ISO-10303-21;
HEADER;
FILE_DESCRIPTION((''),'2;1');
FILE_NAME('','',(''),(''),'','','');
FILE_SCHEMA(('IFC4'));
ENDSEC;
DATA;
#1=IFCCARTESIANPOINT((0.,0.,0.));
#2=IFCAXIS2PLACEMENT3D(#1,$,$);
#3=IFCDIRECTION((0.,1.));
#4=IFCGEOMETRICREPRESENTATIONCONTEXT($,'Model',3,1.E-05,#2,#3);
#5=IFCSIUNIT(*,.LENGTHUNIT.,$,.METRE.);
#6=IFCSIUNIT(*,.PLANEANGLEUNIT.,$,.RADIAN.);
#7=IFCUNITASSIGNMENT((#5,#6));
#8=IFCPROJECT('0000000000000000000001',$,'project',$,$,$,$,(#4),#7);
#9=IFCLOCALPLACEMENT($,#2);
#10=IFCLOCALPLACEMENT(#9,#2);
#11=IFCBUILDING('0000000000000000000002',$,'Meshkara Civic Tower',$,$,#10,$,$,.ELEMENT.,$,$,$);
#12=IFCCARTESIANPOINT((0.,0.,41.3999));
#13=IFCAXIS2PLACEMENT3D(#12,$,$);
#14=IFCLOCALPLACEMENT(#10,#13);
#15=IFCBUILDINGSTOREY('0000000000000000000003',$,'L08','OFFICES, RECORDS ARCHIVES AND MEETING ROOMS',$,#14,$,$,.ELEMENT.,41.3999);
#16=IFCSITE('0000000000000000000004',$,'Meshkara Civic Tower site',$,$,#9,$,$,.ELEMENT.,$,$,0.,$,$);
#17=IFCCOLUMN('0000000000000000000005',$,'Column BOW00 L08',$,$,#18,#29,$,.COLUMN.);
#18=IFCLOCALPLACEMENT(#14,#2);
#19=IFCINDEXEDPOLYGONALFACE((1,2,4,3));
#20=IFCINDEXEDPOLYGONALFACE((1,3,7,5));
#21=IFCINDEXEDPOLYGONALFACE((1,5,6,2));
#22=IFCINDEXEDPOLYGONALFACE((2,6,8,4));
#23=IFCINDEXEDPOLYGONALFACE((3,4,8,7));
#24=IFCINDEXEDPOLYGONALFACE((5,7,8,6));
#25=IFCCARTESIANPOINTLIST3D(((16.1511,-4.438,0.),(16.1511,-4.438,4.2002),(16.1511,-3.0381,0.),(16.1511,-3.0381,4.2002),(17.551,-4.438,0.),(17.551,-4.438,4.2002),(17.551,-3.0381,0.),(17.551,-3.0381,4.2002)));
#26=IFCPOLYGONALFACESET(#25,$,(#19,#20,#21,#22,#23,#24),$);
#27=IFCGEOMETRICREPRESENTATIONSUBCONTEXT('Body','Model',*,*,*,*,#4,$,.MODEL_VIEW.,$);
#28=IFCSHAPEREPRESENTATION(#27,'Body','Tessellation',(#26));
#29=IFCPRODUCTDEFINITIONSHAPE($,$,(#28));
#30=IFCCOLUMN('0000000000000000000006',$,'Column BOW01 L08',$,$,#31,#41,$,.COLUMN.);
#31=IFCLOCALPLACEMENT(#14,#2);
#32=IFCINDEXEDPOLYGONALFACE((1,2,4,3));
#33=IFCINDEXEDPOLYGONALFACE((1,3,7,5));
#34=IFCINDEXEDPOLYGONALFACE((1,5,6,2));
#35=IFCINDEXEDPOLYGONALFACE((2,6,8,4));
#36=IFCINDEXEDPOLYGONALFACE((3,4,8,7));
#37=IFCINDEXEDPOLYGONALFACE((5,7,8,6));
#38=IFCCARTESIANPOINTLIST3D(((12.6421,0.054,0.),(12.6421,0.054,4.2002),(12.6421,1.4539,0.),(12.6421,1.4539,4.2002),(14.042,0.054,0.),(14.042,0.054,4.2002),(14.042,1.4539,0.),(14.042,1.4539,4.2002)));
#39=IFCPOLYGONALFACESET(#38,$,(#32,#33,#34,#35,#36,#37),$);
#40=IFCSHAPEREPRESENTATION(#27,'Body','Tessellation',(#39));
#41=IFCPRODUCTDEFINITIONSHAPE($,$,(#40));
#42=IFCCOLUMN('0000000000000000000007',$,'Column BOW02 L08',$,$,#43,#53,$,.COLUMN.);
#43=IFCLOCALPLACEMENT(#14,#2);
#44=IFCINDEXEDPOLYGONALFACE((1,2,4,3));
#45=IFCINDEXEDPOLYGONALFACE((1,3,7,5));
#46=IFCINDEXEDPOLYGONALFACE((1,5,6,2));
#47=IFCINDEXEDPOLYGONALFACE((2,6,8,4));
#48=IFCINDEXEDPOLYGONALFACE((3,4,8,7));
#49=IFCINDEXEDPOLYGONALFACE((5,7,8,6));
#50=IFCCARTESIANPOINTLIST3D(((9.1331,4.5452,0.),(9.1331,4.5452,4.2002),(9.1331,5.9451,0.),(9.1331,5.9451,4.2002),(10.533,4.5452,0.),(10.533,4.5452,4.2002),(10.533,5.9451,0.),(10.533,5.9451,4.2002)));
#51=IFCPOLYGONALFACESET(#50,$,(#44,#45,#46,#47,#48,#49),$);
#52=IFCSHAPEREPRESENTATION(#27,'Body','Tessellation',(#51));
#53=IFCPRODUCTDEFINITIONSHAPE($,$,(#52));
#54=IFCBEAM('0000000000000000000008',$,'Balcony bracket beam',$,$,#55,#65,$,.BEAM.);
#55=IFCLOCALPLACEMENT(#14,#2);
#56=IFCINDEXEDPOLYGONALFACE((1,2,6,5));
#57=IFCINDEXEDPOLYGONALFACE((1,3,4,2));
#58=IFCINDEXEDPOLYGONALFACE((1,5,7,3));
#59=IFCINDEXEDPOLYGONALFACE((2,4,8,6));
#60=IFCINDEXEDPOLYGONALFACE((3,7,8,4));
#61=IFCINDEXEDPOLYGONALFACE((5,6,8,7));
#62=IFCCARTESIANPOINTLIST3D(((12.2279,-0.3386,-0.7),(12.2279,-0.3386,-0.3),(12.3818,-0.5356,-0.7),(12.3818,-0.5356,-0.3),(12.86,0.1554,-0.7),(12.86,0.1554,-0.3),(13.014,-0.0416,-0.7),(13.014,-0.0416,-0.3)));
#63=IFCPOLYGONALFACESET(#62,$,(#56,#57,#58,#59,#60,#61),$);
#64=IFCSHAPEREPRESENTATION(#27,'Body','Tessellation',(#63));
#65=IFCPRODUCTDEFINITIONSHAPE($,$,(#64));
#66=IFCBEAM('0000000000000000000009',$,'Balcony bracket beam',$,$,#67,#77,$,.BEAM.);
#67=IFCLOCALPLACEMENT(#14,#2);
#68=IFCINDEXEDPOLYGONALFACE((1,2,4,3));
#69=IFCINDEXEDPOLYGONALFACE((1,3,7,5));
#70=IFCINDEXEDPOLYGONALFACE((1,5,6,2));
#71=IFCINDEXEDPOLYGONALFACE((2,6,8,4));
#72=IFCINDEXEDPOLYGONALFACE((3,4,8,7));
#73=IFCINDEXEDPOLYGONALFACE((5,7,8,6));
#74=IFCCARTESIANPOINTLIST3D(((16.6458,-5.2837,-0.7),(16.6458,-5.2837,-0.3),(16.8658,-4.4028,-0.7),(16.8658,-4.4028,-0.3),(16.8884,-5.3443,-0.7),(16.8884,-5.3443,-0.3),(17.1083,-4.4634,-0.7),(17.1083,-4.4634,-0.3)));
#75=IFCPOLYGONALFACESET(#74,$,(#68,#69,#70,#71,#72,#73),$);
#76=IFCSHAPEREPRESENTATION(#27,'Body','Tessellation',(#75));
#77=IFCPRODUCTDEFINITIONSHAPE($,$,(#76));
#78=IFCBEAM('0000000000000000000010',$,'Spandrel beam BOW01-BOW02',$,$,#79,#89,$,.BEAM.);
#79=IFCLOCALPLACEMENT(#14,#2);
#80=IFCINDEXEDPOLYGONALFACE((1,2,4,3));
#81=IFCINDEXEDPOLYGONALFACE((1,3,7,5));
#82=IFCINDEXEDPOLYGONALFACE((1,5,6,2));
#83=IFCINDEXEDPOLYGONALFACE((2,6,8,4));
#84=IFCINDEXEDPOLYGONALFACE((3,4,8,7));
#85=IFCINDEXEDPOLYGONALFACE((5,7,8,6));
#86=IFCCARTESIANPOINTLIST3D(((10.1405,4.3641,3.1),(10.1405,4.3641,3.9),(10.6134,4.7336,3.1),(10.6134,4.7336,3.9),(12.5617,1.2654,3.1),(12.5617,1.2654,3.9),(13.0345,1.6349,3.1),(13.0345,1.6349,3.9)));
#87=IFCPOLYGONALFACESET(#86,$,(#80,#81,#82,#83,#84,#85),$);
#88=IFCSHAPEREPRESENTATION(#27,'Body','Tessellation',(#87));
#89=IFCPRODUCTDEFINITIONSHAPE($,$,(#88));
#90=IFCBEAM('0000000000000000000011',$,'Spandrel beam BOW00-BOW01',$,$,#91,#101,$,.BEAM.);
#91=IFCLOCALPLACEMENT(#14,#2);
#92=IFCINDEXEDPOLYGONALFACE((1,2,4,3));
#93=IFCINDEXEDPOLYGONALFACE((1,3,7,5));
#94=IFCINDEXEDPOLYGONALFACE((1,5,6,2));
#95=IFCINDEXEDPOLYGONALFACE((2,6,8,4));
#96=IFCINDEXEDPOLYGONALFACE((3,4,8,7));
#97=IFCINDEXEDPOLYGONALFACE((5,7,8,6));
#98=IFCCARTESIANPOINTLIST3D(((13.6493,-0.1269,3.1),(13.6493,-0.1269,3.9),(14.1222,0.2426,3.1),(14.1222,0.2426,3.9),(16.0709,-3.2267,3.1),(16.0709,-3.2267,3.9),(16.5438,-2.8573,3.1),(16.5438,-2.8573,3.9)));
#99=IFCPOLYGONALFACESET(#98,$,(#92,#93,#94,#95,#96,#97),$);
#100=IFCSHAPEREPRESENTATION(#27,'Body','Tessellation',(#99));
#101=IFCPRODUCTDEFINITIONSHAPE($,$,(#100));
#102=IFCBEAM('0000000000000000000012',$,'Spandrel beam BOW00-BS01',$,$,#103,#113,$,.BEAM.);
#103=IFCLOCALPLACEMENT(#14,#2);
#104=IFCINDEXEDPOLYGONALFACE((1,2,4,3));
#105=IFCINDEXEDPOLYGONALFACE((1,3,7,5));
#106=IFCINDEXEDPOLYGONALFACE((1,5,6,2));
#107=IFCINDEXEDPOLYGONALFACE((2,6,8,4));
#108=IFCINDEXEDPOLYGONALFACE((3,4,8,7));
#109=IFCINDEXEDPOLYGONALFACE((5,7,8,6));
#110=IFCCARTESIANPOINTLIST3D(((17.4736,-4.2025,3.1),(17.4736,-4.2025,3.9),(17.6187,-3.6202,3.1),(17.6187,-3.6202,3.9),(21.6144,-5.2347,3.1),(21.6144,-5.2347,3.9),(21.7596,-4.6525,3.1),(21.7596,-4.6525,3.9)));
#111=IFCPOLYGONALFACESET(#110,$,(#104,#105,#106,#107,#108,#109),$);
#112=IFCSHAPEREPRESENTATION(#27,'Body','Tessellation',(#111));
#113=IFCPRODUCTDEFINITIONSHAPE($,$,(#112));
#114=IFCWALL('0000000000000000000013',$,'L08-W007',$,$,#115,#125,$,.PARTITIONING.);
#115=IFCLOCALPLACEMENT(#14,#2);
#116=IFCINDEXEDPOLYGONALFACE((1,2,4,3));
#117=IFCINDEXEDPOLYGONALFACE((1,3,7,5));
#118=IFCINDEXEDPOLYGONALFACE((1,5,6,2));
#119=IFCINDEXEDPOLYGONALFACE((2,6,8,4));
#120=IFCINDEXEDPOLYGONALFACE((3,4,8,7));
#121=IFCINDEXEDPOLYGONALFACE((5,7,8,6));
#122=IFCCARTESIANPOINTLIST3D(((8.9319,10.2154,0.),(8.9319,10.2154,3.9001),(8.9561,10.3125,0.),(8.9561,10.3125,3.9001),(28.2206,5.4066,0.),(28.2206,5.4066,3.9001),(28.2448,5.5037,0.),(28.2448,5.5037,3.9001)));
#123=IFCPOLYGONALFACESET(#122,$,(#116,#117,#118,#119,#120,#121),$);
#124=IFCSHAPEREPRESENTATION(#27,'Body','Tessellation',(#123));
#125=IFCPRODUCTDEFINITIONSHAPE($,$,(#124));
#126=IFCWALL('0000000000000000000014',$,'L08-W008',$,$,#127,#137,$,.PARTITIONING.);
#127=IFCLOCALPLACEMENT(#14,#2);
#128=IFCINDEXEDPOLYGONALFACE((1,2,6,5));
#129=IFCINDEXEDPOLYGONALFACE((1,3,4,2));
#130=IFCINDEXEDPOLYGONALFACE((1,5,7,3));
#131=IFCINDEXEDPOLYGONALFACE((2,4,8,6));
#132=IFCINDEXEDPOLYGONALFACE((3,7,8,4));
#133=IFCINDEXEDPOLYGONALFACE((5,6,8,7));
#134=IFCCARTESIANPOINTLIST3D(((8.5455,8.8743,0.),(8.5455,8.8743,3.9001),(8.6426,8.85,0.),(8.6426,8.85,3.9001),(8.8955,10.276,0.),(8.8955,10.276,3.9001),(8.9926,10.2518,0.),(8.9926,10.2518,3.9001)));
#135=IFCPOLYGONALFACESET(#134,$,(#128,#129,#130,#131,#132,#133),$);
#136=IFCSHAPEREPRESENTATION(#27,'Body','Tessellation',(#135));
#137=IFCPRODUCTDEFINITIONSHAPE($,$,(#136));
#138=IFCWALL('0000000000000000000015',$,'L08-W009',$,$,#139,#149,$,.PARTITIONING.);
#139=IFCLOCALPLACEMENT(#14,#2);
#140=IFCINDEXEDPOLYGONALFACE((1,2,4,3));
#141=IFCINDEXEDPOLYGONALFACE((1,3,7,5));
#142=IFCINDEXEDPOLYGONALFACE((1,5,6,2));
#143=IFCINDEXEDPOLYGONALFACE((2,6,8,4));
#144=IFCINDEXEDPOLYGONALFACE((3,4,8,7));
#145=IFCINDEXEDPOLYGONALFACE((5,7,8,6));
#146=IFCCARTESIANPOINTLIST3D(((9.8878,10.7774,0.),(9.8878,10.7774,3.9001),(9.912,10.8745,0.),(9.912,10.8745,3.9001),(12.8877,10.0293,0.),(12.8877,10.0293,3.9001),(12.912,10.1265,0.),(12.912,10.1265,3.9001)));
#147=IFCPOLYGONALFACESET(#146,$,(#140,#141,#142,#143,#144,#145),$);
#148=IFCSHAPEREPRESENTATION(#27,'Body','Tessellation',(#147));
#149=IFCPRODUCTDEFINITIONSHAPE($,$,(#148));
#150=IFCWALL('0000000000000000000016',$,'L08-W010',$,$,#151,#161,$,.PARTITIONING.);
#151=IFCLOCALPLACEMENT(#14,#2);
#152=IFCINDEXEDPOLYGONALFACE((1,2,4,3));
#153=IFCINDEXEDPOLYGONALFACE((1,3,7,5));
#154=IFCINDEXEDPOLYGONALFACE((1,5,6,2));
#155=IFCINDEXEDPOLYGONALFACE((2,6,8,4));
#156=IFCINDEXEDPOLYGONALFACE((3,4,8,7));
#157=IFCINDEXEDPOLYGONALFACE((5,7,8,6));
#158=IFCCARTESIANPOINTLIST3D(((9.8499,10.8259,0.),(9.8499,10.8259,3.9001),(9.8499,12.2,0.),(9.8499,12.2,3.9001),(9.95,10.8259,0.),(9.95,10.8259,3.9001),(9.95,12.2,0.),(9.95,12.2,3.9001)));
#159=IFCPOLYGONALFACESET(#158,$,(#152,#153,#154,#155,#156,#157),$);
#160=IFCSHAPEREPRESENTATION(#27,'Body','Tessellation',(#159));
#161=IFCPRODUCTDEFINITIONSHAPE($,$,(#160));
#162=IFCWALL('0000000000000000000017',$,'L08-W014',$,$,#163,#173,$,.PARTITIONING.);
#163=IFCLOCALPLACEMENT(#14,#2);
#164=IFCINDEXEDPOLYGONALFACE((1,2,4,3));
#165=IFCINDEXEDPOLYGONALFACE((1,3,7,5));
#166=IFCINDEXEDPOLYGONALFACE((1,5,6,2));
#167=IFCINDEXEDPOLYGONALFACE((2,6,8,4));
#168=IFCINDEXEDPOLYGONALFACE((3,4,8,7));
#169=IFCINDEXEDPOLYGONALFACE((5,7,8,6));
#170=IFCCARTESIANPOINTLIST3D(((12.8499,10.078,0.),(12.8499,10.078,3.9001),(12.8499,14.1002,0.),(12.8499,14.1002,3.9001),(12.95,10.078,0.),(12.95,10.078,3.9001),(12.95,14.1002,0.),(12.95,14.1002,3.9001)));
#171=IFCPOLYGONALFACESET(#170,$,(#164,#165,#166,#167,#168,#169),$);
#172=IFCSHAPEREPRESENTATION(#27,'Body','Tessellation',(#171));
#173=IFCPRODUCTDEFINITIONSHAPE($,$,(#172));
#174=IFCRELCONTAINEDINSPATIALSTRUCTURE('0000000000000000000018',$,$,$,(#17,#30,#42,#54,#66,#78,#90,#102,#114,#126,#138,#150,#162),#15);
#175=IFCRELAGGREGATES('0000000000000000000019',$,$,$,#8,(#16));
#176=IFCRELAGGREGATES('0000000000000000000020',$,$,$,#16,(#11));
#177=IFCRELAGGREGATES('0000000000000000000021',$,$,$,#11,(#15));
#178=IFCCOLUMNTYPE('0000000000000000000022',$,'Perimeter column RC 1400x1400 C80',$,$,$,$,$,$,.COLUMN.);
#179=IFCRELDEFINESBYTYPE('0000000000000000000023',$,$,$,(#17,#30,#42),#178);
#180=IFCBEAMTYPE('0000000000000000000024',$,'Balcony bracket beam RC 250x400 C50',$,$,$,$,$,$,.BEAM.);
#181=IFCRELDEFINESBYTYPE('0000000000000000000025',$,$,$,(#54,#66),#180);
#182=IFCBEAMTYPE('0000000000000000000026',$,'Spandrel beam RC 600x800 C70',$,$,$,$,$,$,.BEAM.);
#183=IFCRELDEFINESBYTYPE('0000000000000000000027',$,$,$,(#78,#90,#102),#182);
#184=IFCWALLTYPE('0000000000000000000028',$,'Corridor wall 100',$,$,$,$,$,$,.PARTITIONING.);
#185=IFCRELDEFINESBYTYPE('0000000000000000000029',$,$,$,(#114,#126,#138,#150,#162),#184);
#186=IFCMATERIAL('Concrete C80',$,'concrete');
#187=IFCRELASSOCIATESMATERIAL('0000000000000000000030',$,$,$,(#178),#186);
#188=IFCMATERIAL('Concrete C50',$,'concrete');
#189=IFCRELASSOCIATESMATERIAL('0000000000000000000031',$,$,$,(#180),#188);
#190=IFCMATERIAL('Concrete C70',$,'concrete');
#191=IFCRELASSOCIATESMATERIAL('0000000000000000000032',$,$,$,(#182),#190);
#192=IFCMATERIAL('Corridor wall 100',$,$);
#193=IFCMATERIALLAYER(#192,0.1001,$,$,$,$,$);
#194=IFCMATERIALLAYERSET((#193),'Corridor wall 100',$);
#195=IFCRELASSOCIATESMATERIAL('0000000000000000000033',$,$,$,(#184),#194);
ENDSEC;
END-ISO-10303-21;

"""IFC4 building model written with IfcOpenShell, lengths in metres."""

from ifc_helpers import new_model, si_unit, direction, frame, frame_2d, origin, origin_2d, place, context, subcontext, project, spatial, rectangle, extrude, material, layer, layer_set, material_profile, profile_set, type_object, element, save


model = new_model("IFC4")

# Units and contexts
model_context = context("Model", 3, precision=1e-05, world=origin(), true_north=direction((0.0, 1.0)))
body_context = subcontext(model_context, "Body", "Model", "MODEL_VIEW")
ifc_project = project(units=[si_unit("LENGTHUNIT", "METRE"), si_unit("PLANEANGLEUNIT", "RADIAN")], contexts=[model_context])

# Site, building, storey
site_placement = place(None, origin())
site = spatial("IfcSite", under=ifc_project, at=site_placement, Name="Meshkara Civic Tower site", CompositionType="ELEMENT", RefElevation=0.0)
building_placement = place(site_placement, origin())
building = spatial("IfcBuilding", under=site, at=building_placement, Name="Meshkara Civic Tower", CompositionType="ELEMENT")
storey_placement = place(building_placement, frame((0.0, 0.0, 41.3999)))
storey = spatial("IfcBuildingStorey", under=building, at=storey_placement, Name="L08", Description="OFFICES, RECORDS ARCHIVES AND MEETING ROOMS", CompositionType="ELEMENT", Elevation=41.3999)

# Columns
ifc_material_1 = material(Name="Concrete C80", Category="concrete")
ifc_material_profile_1 = material_profile(ifc_material_1, rectangle(XDim=1.3999, YDim=1.3999, at=origin_2d()))
ifc_profile_set_1 = profile_set([ifc_material_profile_1], Name="Concrete C80")
column_type = type_object("IfcColumnType", Name="Perimeter column RC 1400x1400 C80", PredefinedType="COLUMN", material=ifc_profile_set_1)
for number, where, z_axis, x_axis, name in (
    (1, (16.8511, -3.738, 0.0), (0.0, 0.0, 1.0), (1.0, 0.0, 0.0), "Column BOW00 L08"),
    (2, (13.342, 0.7539, 0.0), (0.0, 0.0, 1.0), (1.0, 0.0, 0.0), "Column BOW01 L08"),
    (3, (9.833, 5.2451, 0.0), (0.0, 0.0, 1.0), (1.0, 0.0, 0.0), "Column BOW02 L08"),
):
    element("IfcColumn", number, at=place(storey_placement, frame(where, z_axis=z_axis, x_axis=x_axis)), inside=storey, type_object=column_type, Name=name, PredefinedType="COLUMN", context=body_context, shape_type="SweptSolid", body=[
        extrude(rectangle(XDim=1.3999, YDim=1.3999, at=origin_2d()), origin(), (0.0, 0.0, 1.0), 4.2002),
    ])

# Beams
ifc_material_2 = material(Name="Concrete C50", Category="concrete")
ifc_material_profile_2 = material_profile(ifc_material_2, rectangle(XDim=0.25, YDim=0.3999, at=origin_2d()))
ifc_profile_set_2 = profile_set([ifc_material_profile_2], Name="Concrete C50")
beam_type_1 = type_object("IfcBeamType", Name="Balcony bracket beam RC 250x400 C50", PredefinedType="BEAM", material=ifc_profile_set_2)
beam_1_placement = place(storey_placement, frame((12.937, 0.0569, -0.5), z_axis=(-0.787974, -0.615709, 0.0), x_axis=(0.615709, -0.787974, 0.0)))
element("IfcBeam", 4, at=beam_1_placement, inside=storey, type_object=beam_type_1, Name="Balcony bracket beam", PredefinedType="BEAM", context=body_context, shape_type="SweptSolid", body=[
    extrude(rectangle(XDim=0.25, YDim=0.3999, at=origin_2d()), origin(), (0.0, 0.0, 1.0), 0.8022),
])
beam_2_placement = place(storey_placement, frame((16.9871, -4.4331, -0.5), z_axis=(-0.242283, -0.970206, 0.0), x_axis=(0.970206, -0.242283, 0.0)))
element("IfcBeam", 5, at=beam_2_placement, inside=storey, type_object=beam_type_1, Name="Balcony bracket beam", PredefinedType="BEAM", context=body_context, shape_type="SweptSolid", body=[
    extrude(rectangle(XDim=0.25, YDim=0.3999, at=origin_2d()), origin(), (0.0, 0.0, 1.0), 0.908),
])
ifc_material_3 = material(Name="Concrete C70", Category="concrete")
ifc_material_profile_3 = material_profile(ifc_material_3, rectangle(XDim=0.6001, YDim=0.8, at=origin_2d()))
ifc_profile_set_3 = profile_set([ifc_material_profile_3], Name="Concrete C70")
beam_type_2 = type_object("IfcBeamType", Name="Spandrel beam RC 600x800 C70", PredefinedType="BEAM", material=ifc_profile_set_3)
beam_3_placement = place(storey_placement, frame((10.377, 4.5488, 3.5), z_axis=(0.615697, -0.787983, 0.0), x_axis=(0.787983, 0.615697, 0.0)))
element("IfcBeam", 6, at=beam_3_placement, inside=storey, type_object=beam_type_2, Name="Spandrel beam BOW01-BOW02", PredefinedType="BEAM", context=body_context, shape_type="SweptSolid", body=[
    extrude(rectangle(XDim=0.6001, YDim=0.8, at=origin_2d()), origin(), (0.0, 0.0, 1.0), 3.9324),
])
beam_4_placement = place(storey_placement, frame((13.8857, 0.0579, 3.5), z_axis=(0.615624, -0.78804, 0.0), x_axis=(0.78804, 0.615624, 0.0)))
element("IfcBeam", 7, at=beam_4_placement, inside=storey, type_object=beam_type_2, Name="Spandrel beam BOW00-BOW01", PredefinedType="BEAM", context=body_context, shape_type="SweptSolid", body=[
    extrude(rectangle(XDim=0.6001, YDim=0.8, at=origin_2d()), origin(), (0.0, 0.0, 1.0), 3.9336),
])
beam_5_placement = place(storey_placement, frame((17.5461, -3.9114, 3.5), z_axis=(0.970307, -0.241876, 0.0), x_axis=(0.241876, 0.970307, 0.0)))
element("IfcBeam", 8, at=beam_5_placement, inside=storey, type_object=beam_type_2, Name="Spandrel beam BOW00-BS01", PredefinedType="BEAM", context=body_context, shape_type="SweptSolid", body=[
    extrude(rectangle(XDim=0.6001, YDim=0.8, at=origin_2d()), origin(), (0.0, 0.0, 1.0), 4.2676),
])

# Walls
ifc_material_4 = material(Name="Corridor wall 100")
ifc_layer_1 = layer(ifc_material_4, 0.1001)
ifc_layer_set_1 = layer_set([ifc_layer_1], Name="Corridor wall 100")
wall_type_1 = type_object("IfcWallType", Name="Corridor wall 100", PredefinedType="PARTITIONING", material=ifc_layer_set_1)
wall_1_placement = place(storey_placement, frame((8.9441, 10.2639, 0.0), z_axis=(0.0, 0.0, 1.0), x_axis=(0.970301, -0.241903, 0.0)))
element("IfcWall", 9, at=wall_1_placement, inside=storey, type_object=wall_type_1, Name="L08-W007", PredefinedType="PARTITIONING", context=body_context, shape_type="SweptSolid", body=[
    extrude(rectangle(XDim=19.8792, YDim=0.1001, at=frame_2d((9.9395, 0.0))), origin(), (0.0, 0.0, 1.0), 3.9001),
])
wall_2_placement = place(storey_placement, frame((8.9441, 10.2639, 0.0), z_axis=(0.0, 0.0, 1.0), x_axis=(-0.242297, -0.970202, 0.0)))
element("IfcWall", 10, at=wall_2_placement, inside=storey, type_object=wall_type_1, Name="L08-W008", PredefinedType="PARTITIONING", context=body_context, shape_type="SweptSolid", body=[
    extrude(rectangle(XDim=1.4448, YDim=0.1001, at=frame_2d((0.7224, 0.0))), origin(), (0.0, 0.0, 1.0), 3.9001),
])
wall_3_placement = place(storey_placement, frame((9.8999, 10.8259, 0.0), z_axis=(0.0, 0.0, 1.0), x_axis=(0.970291, -0.241941, 0.0)))
element("IfcWall", 11, at=wall_3_placement, inside=storey, type_object=wall_type_1, Name="L08-W009", PredefinedType="PARTITIONING", context=body_context, shape_type="SweptSolid", body=[
    extrude(rectangle(XDim=3.0918, YDim=0.1001, at=frame_2d((1.5459, 0.0))), origin(), (0.0, 0.0, 1.0), 3.9001),
])
wall_4_placement = place(storey_placement, frame((9.8999, 12.2, 0.0), z_axis=(0.0, 0.0, 1.0), x_axis=(0.0, -1.0, 0.0)))
element("IfcWall", 12, at=wall_4_placement, inside=storey, type_object=wall_type_1, Name="L08-W010", PredefinedType="PARTITIONING", context=body_context, shape_type="SweptSolid", body=[
    extrude(rectangle(XDim=1.374, YDim=0.1001, at=frame_2d((0.687, 0.0))), origin(), (0.0, 0.0, 1.0), 3.9001),
])
wall_5_placement = place(storey_placement, frame((12.8999, 10.0779, 0.0), z_axis=(0.0, 0.0, 1.0), x_axis=(0.0, 1.0, 0.0)))
element("IfcWall", 13, at=wall_5_placement, inside=storey, type_object=wall_type_1, Name="L08-W014", PredefinedType="PARTITIONING", context=body_context, shape_type="SweptSolid", body=[
    extrude(rectangle(XDim=4.0222, YDim=0.1001, at=frame_2d((2.0112, 0.0))), origin(), (0.0, 0.0, 1.0), 3.9001),
])

save(model, "model.ifc")
